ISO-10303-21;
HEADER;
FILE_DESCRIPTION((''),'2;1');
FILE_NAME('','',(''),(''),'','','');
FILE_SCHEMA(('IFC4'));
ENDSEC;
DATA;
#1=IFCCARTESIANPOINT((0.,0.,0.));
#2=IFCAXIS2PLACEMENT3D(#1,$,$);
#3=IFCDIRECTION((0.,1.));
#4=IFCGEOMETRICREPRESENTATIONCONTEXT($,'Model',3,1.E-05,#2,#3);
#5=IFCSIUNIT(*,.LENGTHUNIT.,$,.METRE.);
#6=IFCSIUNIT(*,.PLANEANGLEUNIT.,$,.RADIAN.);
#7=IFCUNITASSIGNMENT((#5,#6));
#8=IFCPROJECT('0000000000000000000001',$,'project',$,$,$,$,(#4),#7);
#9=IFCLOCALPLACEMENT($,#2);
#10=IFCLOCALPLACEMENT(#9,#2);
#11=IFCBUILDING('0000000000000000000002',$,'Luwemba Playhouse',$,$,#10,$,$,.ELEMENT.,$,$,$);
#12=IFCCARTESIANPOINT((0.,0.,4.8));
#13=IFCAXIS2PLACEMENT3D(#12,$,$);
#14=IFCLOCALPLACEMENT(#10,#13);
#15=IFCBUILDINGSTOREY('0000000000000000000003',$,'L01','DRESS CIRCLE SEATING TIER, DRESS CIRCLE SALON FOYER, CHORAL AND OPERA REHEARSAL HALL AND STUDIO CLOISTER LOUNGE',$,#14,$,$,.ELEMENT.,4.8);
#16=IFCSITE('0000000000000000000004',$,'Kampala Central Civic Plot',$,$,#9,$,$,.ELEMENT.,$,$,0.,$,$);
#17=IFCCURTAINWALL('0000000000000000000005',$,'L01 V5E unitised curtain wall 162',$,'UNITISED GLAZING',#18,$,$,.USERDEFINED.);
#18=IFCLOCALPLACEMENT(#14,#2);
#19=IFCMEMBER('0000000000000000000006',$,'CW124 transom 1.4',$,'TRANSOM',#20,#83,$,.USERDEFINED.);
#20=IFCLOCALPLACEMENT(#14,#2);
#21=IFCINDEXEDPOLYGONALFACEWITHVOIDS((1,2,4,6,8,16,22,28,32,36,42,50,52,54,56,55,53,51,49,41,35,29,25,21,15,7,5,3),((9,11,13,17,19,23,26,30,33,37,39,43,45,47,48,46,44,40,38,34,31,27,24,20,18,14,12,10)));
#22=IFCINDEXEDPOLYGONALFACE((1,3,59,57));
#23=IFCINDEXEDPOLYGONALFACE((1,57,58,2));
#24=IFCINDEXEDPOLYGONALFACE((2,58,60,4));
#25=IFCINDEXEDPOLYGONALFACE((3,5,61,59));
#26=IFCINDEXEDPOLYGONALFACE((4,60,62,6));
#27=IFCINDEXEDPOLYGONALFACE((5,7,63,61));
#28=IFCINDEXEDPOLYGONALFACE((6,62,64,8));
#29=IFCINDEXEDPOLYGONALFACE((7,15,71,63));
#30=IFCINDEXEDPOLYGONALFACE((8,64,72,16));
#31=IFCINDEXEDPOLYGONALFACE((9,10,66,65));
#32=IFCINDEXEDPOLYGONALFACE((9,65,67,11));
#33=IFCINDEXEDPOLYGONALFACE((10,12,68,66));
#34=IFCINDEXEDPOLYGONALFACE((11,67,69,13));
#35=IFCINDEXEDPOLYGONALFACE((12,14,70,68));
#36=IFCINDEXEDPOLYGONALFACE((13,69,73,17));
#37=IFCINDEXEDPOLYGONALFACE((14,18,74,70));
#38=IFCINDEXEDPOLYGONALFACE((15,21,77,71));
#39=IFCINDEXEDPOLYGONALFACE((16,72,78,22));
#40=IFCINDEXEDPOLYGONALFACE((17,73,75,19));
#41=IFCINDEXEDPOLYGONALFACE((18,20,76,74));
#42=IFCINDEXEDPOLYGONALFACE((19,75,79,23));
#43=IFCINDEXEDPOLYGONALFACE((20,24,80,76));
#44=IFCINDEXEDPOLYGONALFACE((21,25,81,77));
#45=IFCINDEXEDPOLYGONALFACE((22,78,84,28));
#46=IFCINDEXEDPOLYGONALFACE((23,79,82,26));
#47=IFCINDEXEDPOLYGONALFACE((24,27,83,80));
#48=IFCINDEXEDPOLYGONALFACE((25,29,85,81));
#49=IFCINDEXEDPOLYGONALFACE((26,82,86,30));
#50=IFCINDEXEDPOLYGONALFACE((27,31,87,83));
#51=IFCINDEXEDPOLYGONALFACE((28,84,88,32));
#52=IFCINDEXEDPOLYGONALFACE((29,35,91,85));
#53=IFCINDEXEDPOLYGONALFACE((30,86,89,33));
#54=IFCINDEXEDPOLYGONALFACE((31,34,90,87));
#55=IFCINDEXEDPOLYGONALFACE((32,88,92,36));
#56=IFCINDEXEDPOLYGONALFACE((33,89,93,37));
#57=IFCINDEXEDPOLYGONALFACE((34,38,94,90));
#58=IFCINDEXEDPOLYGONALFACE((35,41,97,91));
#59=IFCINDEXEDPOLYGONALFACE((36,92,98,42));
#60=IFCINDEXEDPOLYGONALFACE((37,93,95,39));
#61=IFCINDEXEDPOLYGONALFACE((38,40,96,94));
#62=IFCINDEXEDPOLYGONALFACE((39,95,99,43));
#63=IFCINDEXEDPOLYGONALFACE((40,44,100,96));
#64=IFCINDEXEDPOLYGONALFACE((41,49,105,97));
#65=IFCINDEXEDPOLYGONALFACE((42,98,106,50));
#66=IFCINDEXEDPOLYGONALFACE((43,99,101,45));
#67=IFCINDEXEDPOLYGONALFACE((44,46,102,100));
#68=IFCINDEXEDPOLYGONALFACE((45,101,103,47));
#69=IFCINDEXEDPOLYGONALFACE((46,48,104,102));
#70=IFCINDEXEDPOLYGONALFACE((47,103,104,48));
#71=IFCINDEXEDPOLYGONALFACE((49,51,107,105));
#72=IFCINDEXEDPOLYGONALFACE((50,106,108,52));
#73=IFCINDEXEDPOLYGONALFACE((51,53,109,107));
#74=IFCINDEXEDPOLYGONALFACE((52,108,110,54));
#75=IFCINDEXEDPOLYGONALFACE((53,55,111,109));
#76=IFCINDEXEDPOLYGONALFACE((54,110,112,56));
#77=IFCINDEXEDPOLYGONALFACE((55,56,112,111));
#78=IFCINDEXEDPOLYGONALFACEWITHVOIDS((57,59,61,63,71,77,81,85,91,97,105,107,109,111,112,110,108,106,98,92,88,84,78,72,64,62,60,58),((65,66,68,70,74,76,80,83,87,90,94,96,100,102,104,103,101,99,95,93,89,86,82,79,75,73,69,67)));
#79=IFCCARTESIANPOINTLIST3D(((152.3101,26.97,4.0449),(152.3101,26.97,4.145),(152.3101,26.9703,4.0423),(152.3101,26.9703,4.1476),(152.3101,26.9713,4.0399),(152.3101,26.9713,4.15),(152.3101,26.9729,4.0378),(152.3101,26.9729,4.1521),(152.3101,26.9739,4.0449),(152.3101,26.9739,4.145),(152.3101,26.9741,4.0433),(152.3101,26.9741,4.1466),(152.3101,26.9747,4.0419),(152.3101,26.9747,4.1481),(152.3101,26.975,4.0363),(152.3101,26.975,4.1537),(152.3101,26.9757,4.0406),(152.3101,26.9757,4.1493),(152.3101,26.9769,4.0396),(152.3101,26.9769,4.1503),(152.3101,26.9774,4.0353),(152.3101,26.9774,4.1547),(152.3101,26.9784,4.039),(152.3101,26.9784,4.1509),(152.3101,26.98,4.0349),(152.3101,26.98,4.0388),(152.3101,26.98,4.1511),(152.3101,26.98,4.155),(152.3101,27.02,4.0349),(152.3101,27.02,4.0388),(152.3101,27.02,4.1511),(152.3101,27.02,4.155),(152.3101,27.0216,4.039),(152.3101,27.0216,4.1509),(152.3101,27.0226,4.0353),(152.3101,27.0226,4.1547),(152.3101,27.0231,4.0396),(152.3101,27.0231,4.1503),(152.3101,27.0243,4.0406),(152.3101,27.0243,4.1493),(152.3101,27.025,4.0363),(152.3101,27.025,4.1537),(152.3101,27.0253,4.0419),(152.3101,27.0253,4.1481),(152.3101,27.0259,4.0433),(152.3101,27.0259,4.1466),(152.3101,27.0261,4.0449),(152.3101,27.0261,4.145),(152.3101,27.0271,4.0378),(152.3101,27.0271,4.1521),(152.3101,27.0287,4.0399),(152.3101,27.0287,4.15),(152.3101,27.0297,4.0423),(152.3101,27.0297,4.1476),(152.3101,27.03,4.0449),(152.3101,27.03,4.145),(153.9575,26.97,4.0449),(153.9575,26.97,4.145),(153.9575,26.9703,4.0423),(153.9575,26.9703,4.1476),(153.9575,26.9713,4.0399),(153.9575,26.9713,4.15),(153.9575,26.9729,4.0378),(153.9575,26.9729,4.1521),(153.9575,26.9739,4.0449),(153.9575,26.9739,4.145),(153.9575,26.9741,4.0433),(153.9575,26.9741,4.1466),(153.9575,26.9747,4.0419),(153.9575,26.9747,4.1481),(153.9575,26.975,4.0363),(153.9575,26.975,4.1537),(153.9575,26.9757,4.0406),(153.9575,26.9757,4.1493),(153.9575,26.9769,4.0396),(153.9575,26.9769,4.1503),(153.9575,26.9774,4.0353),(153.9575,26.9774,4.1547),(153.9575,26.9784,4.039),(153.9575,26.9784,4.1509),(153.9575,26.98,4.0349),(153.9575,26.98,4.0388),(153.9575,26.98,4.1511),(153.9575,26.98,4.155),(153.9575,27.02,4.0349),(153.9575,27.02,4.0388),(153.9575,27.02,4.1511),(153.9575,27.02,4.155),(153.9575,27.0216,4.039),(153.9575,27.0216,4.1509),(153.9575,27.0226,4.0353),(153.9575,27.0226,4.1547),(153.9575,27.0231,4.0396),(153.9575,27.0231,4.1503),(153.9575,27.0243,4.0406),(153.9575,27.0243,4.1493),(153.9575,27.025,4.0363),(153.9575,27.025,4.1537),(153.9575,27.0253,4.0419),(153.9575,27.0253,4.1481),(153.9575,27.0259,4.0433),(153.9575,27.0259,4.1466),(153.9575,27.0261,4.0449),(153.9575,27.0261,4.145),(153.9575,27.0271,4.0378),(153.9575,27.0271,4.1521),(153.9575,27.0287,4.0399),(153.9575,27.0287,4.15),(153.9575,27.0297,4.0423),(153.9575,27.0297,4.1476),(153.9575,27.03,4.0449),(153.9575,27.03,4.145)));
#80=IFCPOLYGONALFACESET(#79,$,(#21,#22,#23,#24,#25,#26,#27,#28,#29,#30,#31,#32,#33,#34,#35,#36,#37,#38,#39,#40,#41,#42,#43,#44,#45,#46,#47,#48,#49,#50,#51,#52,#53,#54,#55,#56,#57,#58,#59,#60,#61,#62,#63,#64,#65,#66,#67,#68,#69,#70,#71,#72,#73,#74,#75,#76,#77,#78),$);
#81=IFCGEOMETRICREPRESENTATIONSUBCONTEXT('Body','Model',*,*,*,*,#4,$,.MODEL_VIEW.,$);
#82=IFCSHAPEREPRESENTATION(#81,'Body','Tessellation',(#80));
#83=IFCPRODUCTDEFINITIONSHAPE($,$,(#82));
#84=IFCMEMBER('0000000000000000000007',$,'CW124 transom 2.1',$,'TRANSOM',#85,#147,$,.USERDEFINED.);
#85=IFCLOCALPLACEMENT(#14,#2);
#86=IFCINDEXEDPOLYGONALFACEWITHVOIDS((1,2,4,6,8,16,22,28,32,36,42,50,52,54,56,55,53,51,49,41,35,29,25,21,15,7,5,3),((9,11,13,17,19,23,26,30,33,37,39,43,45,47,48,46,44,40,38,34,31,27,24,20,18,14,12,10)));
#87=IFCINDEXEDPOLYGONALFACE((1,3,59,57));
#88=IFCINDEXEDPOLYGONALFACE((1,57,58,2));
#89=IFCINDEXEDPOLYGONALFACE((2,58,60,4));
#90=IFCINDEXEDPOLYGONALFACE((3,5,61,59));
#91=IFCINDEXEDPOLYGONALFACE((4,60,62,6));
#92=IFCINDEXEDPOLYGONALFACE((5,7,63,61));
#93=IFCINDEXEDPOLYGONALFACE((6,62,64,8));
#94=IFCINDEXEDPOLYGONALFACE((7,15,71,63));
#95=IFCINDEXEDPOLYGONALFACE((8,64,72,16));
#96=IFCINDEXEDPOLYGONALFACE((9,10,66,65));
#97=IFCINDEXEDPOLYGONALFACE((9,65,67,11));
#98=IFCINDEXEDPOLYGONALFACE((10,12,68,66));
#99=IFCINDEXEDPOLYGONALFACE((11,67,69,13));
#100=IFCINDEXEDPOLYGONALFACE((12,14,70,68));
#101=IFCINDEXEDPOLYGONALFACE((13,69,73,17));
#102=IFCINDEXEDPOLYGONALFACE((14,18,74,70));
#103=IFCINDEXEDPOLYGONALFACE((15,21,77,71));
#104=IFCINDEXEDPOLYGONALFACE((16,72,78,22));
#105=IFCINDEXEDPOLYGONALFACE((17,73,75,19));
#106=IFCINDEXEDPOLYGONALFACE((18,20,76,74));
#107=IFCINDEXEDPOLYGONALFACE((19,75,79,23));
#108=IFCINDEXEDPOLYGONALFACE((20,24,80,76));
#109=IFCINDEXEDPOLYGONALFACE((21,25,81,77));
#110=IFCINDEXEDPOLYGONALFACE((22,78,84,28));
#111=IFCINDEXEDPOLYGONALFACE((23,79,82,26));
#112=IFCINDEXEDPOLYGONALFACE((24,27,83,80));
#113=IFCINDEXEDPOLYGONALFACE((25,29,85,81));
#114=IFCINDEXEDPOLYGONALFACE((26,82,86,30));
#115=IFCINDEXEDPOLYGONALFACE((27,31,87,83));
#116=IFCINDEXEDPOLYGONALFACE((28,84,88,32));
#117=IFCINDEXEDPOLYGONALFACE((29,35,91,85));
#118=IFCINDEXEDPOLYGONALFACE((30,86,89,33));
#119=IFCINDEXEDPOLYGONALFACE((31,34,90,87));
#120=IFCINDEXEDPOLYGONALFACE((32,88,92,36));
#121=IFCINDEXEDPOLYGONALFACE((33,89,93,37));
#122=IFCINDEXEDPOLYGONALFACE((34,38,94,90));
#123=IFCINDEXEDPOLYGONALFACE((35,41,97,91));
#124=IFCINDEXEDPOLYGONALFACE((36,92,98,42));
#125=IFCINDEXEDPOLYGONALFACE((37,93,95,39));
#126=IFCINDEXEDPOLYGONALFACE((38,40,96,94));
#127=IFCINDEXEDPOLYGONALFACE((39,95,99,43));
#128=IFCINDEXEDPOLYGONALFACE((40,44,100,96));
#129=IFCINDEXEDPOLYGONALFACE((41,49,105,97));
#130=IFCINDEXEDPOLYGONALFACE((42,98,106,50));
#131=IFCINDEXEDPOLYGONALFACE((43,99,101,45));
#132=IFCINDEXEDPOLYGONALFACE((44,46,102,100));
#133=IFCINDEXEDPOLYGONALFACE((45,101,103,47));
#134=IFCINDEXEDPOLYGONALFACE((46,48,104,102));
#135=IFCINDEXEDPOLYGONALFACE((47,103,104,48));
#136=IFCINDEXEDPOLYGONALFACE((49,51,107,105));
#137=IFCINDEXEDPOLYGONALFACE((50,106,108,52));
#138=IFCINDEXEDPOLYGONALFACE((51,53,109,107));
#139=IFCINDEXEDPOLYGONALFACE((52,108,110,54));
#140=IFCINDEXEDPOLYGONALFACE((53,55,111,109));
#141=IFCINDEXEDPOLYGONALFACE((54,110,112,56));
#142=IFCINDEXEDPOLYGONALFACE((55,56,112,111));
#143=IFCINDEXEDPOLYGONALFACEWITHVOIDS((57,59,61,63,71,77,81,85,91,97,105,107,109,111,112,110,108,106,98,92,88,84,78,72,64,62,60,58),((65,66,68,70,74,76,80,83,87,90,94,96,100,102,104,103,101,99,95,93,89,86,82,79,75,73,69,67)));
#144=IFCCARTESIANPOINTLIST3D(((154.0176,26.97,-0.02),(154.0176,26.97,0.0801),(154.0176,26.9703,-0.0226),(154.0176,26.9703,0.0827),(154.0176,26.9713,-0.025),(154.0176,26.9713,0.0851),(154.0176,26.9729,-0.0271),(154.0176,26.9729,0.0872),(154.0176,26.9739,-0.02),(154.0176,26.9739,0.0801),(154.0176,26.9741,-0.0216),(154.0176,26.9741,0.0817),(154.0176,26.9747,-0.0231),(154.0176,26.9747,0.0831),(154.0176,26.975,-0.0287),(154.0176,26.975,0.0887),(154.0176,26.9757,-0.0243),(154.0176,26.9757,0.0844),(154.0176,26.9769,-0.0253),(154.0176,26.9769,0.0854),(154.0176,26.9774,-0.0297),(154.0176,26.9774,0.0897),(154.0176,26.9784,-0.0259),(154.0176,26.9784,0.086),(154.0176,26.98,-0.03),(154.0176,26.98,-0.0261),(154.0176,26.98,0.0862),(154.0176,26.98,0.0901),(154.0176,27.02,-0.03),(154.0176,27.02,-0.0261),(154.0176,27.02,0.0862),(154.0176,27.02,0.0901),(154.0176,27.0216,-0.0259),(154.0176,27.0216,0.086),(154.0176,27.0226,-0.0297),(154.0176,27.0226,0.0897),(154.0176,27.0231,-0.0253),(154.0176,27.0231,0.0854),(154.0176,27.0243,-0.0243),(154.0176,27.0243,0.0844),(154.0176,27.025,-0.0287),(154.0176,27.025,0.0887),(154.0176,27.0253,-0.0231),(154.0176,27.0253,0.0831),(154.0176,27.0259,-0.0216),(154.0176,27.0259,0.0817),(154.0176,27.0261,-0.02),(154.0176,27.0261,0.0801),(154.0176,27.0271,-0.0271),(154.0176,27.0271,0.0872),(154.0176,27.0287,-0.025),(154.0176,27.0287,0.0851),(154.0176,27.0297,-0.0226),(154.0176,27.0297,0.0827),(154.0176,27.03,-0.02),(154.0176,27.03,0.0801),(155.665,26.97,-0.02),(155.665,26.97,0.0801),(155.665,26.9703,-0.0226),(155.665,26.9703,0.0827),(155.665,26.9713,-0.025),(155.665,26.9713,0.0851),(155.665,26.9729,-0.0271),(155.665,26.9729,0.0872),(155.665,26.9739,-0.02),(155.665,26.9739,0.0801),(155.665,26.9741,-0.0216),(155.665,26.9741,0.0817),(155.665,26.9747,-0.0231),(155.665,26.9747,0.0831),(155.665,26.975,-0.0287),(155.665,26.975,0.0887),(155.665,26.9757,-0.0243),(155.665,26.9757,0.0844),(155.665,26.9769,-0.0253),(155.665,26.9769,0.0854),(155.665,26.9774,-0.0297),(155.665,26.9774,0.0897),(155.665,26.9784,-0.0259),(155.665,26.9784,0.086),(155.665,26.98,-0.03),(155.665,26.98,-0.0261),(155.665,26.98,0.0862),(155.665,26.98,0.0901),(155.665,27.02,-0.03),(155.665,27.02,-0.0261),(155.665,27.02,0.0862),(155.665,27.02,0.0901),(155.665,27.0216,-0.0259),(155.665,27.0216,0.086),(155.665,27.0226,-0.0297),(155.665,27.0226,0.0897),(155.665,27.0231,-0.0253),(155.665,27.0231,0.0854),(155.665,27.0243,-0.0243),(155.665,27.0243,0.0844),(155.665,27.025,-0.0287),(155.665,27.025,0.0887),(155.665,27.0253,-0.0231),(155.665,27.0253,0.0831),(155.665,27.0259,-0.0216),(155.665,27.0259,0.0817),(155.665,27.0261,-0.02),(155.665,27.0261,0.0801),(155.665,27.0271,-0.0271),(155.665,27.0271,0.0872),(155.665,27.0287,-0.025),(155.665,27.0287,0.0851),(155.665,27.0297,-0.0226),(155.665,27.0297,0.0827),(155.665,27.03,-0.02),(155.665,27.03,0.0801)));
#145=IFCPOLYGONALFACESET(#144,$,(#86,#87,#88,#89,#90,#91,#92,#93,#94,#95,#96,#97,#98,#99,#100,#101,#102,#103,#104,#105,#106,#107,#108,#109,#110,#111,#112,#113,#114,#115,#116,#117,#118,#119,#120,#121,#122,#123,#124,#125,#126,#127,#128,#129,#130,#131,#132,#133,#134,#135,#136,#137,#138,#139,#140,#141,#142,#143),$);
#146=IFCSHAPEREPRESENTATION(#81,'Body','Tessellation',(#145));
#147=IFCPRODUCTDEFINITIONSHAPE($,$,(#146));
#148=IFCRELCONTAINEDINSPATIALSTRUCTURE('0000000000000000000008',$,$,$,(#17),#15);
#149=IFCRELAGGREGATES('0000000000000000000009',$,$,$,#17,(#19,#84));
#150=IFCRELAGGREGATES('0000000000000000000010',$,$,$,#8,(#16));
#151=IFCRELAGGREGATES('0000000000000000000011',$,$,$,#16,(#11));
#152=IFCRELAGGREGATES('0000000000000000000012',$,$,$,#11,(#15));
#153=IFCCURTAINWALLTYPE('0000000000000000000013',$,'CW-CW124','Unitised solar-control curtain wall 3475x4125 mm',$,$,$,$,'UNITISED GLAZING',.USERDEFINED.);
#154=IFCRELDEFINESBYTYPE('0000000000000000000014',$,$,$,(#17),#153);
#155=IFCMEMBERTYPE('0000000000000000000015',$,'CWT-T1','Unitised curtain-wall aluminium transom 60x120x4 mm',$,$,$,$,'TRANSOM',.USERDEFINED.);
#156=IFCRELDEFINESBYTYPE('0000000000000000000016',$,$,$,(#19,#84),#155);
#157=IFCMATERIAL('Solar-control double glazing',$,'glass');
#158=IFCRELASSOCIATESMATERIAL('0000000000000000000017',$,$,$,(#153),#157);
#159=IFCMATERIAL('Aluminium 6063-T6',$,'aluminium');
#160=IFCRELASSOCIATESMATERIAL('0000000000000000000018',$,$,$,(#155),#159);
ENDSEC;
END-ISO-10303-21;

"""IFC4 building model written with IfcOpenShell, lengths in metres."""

from ifc_helpers import new_model, si_unit, direction, frame, origin, origin_2d, place, context, subcontext, project, spatial, hollow_rectangle, extrude, material, material_profile, profile_set, type_object, element, aggregate, save


model = new_model("IFC4")

# Units and contexts
model_context = context("Model", 3, precision=1e-05, world=origin(), true_north=direction((0.0, 1.0)))
body_context = subcontext(model_context, "Body", "Model", "MODEL_VIEW")
ifc_project = project(units=[si_unit("LENGTHUNIT", "METRE"), si_unit("PLANEANGLEUNIT", "RADIAN")], contexts=[model_context])

# Site, building, storey
site_placement = place(None, origin())
site = spatial("IfcSite", under=ifc_project, at=site_placement, Name="Kampala Central Civic Plot", CompositionType="ELEMENT", RefElevation=0.0)
building_placement = place(site_placement, origin())
building = spatial("IfcBuilding", under=site, at=building_placement, Name="Luwemba Playhouse", CompositionType="ELEMENT")
storey_placement = place(building_placement, frame((0.0, 0.0, 4.8)))
storey = spatial("IfcBuildingStorey", under=building, at=storey_placement, Name="L01", Description="DRESS CIRCLE SEATING TIER, DRESS CIRCLE SALON FOYER, CHORAL AND OPERA REHEARSAL HALL AND STUDIO CLOISTER LOUNGE", CompositionType="ELEMENT", Elevation=4.8)

# Curtain wall
ifc_material_1 = material(Name="Solar-control double glazing", Category="glass")
curtain_wall_type_1 = type_object("IfcCurtainWallType", Name="CW-CW124", Description="Unitised solar-control curtain wall 3475x4125 mm", ElementType="UNITISED GLAZING", PredefinedType="USERDEFINED", material=ifc_material_1)
curtain_wall_1_placement = place(storey_placement, origin())
curtain_wall_1 = element("IfcCurtainWall", 1, at=curtain_wall_1_placement, inside=storey, type_object=curtain_wall_type_1, Name="L01 V5E unitised curtain wall 162", ObjectType="UNITISED GLAZING", PredefinedType="USERDEFINED")
ifc_material_2 = material(Name="Aluminium 6063-T6", Category="aluminium")

# Members
ifc_material_profile_1 = material_profile(ifc_material_2, hollow_rectangle(XDim=0.0601, YDim=0.1201, WallThickness=0.0039, InnerFilletRadius=0.0061, OuterFilletRadius=0.01, at=origin_2d()))
ifc_profile_set_1 = profile_set([ifc_material_profile_1], Name="Aluminium 6063-T6")
member_type_1 = type_object("IfcMemberType", Name="CWT-T1", Description="Unitised curtain-wall aluminium transom 60x120x4 mm", ElementType="TRANSOM", PredefinedType="USERDEFINED", material=ifc_profile_set_1)
member_1_placement = place(storey_placement, frame((152.3101, 27.0, 4.095), z_axis=(1.0, 0.0, 0.0), x_axis=(0.0, 1.0, 0.0)))
member_1 = element("IfcMember", 2, at=member_1_placement, type_object=member_type_1, Name="CW124 transom 1.4", ObjectType="TRANSOM", PredefinedType="USERDEFINED", context=body_context, shape_type="SweptSolid", body=[
    extrude(hollow_rectangle(XDim=0.0601, YDim=0.1201, WallThickness=0.0039, InnerFilletRadius=0.0061, OuterFilletRadius=0.01, at=origin_2d()), origin(), (0.0, 0.0, 1.0), 1.6475),
])
member_2_placement = place(storey_placement, frame((154.0176, 27.0, 0.03), z_axis=(1.0, 0.0, 0.0), x_axis=(0.0, 1.0, 0.0)))
member_2 = element("IfcMember", 3, at=member_2_placement, type_object=member_type_1, Name="CW124 transom 2.1", ObjectType="TRANSOM", PredefinedType="USERDEFINED", context=body_context, shape_type="SweptSolid", body=[
    extrude(hollow_rectangle(XDim=0.0601, YDim=0.1201, WallThickness=0.0039, InnerFilletRadius=0.0061, OuterFilletRadius=0.01, at=origin_2d()), origin(), (0.0, 0.0, 1.0), 1.6475),
])

aggregate(curtain_wall_1, [member_1, member_2])

save(model, "model.ifc")
